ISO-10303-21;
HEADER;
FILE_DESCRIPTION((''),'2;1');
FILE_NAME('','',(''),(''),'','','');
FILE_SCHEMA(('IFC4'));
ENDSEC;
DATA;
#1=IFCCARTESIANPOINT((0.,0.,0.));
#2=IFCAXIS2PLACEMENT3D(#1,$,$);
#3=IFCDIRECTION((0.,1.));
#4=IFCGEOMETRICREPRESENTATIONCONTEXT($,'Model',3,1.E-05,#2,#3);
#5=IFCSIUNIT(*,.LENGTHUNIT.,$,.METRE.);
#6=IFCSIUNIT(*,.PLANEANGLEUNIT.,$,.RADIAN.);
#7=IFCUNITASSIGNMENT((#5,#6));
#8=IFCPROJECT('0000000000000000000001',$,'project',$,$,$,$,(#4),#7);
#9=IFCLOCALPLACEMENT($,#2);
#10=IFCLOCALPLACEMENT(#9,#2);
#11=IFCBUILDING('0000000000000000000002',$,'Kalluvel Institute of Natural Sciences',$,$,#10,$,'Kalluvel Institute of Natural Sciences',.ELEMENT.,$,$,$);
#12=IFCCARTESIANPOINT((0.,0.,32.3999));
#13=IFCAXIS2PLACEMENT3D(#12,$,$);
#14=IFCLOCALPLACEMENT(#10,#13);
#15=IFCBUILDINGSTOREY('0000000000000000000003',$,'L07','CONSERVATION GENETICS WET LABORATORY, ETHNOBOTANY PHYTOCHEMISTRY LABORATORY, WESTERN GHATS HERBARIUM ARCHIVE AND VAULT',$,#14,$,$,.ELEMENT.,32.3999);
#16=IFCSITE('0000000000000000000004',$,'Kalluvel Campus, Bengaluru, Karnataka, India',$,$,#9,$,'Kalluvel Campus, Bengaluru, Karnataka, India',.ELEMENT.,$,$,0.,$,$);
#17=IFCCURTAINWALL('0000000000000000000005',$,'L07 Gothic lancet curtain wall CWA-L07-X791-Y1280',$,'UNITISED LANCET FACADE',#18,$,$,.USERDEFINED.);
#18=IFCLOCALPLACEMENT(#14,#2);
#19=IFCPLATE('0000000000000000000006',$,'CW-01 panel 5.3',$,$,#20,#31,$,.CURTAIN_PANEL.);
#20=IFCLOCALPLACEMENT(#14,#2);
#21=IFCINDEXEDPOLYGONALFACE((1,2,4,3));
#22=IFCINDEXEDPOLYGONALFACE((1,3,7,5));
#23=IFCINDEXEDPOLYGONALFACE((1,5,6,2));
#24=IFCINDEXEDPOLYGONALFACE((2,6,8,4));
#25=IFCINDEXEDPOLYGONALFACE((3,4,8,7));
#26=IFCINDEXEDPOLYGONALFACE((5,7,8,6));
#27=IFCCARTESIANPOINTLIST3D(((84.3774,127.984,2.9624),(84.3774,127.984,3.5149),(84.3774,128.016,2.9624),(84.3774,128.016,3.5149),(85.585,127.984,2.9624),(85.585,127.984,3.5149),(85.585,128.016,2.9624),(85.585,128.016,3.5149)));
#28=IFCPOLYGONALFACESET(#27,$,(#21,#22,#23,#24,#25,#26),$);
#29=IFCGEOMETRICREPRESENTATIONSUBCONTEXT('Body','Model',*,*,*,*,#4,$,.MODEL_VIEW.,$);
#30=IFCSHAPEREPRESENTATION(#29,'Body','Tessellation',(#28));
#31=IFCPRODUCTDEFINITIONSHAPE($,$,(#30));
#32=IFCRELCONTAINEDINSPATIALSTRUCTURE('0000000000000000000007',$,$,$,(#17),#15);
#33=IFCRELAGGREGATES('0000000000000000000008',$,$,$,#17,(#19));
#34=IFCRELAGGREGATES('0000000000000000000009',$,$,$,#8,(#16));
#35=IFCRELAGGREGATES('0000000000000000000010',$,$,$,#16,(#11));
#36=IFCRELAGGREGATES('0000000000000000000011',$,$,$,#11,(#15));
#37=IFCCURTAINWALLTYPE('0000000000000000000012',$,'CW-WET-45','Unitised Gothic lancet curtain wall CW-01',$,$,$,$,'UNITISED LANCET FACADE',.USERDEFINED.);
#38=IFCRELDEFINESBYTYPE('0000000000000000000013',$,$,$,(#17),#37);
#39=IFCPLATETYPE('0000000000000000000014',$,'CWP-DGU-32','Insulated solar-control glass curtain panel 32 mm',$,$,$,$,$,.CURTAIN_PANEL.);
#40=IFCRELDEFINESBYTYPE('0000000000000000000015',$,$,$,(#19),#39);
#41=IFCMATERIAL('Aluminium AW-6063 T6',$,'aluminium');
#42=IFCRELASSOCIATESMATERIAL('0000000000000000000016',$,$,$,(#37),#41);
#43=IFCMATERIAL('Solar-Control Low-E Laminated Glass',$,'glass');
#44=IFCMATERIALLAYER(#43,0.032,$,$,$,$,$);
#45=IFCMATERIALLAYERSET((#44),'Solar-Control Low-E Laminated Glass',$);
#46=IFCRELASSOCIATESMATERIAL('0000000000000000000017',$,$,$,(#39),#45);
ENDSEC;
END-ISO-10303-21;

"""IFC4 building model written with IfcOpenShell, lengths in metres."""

from ifc_helpers import new_model, si_unit, direction, frame, origin, origin_2d, place, context, subcontext, project, spatial, rectangle, extrude, material, layer, layer_set, type_object, element, aggregate, save


model = new_model("IFC4")

# Units and contexts
model_context = context("Model", 3, precision=1e-05, world=origin(), true_north=direction((0.0, 1.0)))
body_context = subcontext(model_context, "Body", "Model", "MODEL_VIEW")
ifc_project = project(units=[si_unit("LENGTHUNIT", "METRE"), si_unit("PLANEANGLEUNIT", "RADIAN")], contexts=[model_context])

# Site, building, storey
site_placement = place(None, origin())
site = spatial("IfcSite", under=ifc_project, at=site_placement, Name="Kalluvel Campus, Bengaluru, Karnataka, India", LongName="Kalluvel Campus, Bengaluru, Karnataka, India", CompositionType="ELEMENT", RefElevation=0.0)
building_placement = place(site_placement, origin())
building = spatial("IfcBuilding", under=site, at=building_placement, Name="Kalluvel Institute of Natural Sciences", LongName="Kalluvel Institute of Natural Sciences", CompositionType="ELEMENT")
storey_placement = place(building_placement, frame((0.0, 0.0, 32.3999)))
storey = spatial("IfcBuildingStorey", under=building, at=storey_placement, Name="L07", Description="CONSERVATION GENETICS WET LABORATORY, ETHNOBOTANY PHYTOCHEMISTRY LABORATORY, WESTERN GHATS HERBARIUM ARCHIVE AND VAULT", CompositionType="ELEMENT", Elevation=32.3999)

# Curtain wall, plate
ifc_material_1 = material(Name="Aluminium AW-6063 T6", Category="aluminium")
curtain_wall_type = type_object("IfcCurtainWallType", Name="CW-WET-45", Description="Unitised Gothic lancet curtain wall CW-01", ElementType="UNITISED LANCET FACADE", PredefinedType="USERDEFINED", material=ifc_material_1)
curtain_wall_placement = place(storey_placement, origin())
curtain_wall = element("IfcCurtainWall", 1, at=curtain_wall_placement, inside=storey, type_object=curtain_wall_type, Name="L07 Gothic lancet curtain wall CWA-L07-X791-Y1280", ObjectType="UNITISED LANCET FACADE", PredefinedType="USERDEFINED")
ifc_material_2 = material(Name="Solar-Control Low-E Laminated Glass", Category="glass")
ifc_layer = layer(ifc_material_2, 0.032)
ifc_layer_set = layer_set([ifc_layer], Name="Solar-Control Low-E Laminated Glass")
plate_type = type_object("IfcPlateType", Name="CWP-DGU-32", Description="Insulated solar-control glass curtain panel 32 mm", PredefinedType="CURTAIN_PANEL", material=ifc_layer_set)
plate_1_placement = place(storey_placement, frame((84.9812, 128.0, 2.9624), z_axis=(0.0, 0.0, 1.0), x_axis=(1.0, 0.0, 0.0)))
plate_1 = element("IfcPlate", 2, at=plate_1_placement, type_object=plate_type, Name="CW-01 panel 5.3", PredefinedType="CURTAIN_PANEL", context=body_context, shape_type="SweptSolid", body=[
    extrude(rectangle(XDim=1.2075, YDim=0.032, at=origin_2d()), origin(), (0.0, 0.0, 1.0), 0.5525),
])
aggregate(curtain_wall, [plate_1])

save(model, "model.ifc")
